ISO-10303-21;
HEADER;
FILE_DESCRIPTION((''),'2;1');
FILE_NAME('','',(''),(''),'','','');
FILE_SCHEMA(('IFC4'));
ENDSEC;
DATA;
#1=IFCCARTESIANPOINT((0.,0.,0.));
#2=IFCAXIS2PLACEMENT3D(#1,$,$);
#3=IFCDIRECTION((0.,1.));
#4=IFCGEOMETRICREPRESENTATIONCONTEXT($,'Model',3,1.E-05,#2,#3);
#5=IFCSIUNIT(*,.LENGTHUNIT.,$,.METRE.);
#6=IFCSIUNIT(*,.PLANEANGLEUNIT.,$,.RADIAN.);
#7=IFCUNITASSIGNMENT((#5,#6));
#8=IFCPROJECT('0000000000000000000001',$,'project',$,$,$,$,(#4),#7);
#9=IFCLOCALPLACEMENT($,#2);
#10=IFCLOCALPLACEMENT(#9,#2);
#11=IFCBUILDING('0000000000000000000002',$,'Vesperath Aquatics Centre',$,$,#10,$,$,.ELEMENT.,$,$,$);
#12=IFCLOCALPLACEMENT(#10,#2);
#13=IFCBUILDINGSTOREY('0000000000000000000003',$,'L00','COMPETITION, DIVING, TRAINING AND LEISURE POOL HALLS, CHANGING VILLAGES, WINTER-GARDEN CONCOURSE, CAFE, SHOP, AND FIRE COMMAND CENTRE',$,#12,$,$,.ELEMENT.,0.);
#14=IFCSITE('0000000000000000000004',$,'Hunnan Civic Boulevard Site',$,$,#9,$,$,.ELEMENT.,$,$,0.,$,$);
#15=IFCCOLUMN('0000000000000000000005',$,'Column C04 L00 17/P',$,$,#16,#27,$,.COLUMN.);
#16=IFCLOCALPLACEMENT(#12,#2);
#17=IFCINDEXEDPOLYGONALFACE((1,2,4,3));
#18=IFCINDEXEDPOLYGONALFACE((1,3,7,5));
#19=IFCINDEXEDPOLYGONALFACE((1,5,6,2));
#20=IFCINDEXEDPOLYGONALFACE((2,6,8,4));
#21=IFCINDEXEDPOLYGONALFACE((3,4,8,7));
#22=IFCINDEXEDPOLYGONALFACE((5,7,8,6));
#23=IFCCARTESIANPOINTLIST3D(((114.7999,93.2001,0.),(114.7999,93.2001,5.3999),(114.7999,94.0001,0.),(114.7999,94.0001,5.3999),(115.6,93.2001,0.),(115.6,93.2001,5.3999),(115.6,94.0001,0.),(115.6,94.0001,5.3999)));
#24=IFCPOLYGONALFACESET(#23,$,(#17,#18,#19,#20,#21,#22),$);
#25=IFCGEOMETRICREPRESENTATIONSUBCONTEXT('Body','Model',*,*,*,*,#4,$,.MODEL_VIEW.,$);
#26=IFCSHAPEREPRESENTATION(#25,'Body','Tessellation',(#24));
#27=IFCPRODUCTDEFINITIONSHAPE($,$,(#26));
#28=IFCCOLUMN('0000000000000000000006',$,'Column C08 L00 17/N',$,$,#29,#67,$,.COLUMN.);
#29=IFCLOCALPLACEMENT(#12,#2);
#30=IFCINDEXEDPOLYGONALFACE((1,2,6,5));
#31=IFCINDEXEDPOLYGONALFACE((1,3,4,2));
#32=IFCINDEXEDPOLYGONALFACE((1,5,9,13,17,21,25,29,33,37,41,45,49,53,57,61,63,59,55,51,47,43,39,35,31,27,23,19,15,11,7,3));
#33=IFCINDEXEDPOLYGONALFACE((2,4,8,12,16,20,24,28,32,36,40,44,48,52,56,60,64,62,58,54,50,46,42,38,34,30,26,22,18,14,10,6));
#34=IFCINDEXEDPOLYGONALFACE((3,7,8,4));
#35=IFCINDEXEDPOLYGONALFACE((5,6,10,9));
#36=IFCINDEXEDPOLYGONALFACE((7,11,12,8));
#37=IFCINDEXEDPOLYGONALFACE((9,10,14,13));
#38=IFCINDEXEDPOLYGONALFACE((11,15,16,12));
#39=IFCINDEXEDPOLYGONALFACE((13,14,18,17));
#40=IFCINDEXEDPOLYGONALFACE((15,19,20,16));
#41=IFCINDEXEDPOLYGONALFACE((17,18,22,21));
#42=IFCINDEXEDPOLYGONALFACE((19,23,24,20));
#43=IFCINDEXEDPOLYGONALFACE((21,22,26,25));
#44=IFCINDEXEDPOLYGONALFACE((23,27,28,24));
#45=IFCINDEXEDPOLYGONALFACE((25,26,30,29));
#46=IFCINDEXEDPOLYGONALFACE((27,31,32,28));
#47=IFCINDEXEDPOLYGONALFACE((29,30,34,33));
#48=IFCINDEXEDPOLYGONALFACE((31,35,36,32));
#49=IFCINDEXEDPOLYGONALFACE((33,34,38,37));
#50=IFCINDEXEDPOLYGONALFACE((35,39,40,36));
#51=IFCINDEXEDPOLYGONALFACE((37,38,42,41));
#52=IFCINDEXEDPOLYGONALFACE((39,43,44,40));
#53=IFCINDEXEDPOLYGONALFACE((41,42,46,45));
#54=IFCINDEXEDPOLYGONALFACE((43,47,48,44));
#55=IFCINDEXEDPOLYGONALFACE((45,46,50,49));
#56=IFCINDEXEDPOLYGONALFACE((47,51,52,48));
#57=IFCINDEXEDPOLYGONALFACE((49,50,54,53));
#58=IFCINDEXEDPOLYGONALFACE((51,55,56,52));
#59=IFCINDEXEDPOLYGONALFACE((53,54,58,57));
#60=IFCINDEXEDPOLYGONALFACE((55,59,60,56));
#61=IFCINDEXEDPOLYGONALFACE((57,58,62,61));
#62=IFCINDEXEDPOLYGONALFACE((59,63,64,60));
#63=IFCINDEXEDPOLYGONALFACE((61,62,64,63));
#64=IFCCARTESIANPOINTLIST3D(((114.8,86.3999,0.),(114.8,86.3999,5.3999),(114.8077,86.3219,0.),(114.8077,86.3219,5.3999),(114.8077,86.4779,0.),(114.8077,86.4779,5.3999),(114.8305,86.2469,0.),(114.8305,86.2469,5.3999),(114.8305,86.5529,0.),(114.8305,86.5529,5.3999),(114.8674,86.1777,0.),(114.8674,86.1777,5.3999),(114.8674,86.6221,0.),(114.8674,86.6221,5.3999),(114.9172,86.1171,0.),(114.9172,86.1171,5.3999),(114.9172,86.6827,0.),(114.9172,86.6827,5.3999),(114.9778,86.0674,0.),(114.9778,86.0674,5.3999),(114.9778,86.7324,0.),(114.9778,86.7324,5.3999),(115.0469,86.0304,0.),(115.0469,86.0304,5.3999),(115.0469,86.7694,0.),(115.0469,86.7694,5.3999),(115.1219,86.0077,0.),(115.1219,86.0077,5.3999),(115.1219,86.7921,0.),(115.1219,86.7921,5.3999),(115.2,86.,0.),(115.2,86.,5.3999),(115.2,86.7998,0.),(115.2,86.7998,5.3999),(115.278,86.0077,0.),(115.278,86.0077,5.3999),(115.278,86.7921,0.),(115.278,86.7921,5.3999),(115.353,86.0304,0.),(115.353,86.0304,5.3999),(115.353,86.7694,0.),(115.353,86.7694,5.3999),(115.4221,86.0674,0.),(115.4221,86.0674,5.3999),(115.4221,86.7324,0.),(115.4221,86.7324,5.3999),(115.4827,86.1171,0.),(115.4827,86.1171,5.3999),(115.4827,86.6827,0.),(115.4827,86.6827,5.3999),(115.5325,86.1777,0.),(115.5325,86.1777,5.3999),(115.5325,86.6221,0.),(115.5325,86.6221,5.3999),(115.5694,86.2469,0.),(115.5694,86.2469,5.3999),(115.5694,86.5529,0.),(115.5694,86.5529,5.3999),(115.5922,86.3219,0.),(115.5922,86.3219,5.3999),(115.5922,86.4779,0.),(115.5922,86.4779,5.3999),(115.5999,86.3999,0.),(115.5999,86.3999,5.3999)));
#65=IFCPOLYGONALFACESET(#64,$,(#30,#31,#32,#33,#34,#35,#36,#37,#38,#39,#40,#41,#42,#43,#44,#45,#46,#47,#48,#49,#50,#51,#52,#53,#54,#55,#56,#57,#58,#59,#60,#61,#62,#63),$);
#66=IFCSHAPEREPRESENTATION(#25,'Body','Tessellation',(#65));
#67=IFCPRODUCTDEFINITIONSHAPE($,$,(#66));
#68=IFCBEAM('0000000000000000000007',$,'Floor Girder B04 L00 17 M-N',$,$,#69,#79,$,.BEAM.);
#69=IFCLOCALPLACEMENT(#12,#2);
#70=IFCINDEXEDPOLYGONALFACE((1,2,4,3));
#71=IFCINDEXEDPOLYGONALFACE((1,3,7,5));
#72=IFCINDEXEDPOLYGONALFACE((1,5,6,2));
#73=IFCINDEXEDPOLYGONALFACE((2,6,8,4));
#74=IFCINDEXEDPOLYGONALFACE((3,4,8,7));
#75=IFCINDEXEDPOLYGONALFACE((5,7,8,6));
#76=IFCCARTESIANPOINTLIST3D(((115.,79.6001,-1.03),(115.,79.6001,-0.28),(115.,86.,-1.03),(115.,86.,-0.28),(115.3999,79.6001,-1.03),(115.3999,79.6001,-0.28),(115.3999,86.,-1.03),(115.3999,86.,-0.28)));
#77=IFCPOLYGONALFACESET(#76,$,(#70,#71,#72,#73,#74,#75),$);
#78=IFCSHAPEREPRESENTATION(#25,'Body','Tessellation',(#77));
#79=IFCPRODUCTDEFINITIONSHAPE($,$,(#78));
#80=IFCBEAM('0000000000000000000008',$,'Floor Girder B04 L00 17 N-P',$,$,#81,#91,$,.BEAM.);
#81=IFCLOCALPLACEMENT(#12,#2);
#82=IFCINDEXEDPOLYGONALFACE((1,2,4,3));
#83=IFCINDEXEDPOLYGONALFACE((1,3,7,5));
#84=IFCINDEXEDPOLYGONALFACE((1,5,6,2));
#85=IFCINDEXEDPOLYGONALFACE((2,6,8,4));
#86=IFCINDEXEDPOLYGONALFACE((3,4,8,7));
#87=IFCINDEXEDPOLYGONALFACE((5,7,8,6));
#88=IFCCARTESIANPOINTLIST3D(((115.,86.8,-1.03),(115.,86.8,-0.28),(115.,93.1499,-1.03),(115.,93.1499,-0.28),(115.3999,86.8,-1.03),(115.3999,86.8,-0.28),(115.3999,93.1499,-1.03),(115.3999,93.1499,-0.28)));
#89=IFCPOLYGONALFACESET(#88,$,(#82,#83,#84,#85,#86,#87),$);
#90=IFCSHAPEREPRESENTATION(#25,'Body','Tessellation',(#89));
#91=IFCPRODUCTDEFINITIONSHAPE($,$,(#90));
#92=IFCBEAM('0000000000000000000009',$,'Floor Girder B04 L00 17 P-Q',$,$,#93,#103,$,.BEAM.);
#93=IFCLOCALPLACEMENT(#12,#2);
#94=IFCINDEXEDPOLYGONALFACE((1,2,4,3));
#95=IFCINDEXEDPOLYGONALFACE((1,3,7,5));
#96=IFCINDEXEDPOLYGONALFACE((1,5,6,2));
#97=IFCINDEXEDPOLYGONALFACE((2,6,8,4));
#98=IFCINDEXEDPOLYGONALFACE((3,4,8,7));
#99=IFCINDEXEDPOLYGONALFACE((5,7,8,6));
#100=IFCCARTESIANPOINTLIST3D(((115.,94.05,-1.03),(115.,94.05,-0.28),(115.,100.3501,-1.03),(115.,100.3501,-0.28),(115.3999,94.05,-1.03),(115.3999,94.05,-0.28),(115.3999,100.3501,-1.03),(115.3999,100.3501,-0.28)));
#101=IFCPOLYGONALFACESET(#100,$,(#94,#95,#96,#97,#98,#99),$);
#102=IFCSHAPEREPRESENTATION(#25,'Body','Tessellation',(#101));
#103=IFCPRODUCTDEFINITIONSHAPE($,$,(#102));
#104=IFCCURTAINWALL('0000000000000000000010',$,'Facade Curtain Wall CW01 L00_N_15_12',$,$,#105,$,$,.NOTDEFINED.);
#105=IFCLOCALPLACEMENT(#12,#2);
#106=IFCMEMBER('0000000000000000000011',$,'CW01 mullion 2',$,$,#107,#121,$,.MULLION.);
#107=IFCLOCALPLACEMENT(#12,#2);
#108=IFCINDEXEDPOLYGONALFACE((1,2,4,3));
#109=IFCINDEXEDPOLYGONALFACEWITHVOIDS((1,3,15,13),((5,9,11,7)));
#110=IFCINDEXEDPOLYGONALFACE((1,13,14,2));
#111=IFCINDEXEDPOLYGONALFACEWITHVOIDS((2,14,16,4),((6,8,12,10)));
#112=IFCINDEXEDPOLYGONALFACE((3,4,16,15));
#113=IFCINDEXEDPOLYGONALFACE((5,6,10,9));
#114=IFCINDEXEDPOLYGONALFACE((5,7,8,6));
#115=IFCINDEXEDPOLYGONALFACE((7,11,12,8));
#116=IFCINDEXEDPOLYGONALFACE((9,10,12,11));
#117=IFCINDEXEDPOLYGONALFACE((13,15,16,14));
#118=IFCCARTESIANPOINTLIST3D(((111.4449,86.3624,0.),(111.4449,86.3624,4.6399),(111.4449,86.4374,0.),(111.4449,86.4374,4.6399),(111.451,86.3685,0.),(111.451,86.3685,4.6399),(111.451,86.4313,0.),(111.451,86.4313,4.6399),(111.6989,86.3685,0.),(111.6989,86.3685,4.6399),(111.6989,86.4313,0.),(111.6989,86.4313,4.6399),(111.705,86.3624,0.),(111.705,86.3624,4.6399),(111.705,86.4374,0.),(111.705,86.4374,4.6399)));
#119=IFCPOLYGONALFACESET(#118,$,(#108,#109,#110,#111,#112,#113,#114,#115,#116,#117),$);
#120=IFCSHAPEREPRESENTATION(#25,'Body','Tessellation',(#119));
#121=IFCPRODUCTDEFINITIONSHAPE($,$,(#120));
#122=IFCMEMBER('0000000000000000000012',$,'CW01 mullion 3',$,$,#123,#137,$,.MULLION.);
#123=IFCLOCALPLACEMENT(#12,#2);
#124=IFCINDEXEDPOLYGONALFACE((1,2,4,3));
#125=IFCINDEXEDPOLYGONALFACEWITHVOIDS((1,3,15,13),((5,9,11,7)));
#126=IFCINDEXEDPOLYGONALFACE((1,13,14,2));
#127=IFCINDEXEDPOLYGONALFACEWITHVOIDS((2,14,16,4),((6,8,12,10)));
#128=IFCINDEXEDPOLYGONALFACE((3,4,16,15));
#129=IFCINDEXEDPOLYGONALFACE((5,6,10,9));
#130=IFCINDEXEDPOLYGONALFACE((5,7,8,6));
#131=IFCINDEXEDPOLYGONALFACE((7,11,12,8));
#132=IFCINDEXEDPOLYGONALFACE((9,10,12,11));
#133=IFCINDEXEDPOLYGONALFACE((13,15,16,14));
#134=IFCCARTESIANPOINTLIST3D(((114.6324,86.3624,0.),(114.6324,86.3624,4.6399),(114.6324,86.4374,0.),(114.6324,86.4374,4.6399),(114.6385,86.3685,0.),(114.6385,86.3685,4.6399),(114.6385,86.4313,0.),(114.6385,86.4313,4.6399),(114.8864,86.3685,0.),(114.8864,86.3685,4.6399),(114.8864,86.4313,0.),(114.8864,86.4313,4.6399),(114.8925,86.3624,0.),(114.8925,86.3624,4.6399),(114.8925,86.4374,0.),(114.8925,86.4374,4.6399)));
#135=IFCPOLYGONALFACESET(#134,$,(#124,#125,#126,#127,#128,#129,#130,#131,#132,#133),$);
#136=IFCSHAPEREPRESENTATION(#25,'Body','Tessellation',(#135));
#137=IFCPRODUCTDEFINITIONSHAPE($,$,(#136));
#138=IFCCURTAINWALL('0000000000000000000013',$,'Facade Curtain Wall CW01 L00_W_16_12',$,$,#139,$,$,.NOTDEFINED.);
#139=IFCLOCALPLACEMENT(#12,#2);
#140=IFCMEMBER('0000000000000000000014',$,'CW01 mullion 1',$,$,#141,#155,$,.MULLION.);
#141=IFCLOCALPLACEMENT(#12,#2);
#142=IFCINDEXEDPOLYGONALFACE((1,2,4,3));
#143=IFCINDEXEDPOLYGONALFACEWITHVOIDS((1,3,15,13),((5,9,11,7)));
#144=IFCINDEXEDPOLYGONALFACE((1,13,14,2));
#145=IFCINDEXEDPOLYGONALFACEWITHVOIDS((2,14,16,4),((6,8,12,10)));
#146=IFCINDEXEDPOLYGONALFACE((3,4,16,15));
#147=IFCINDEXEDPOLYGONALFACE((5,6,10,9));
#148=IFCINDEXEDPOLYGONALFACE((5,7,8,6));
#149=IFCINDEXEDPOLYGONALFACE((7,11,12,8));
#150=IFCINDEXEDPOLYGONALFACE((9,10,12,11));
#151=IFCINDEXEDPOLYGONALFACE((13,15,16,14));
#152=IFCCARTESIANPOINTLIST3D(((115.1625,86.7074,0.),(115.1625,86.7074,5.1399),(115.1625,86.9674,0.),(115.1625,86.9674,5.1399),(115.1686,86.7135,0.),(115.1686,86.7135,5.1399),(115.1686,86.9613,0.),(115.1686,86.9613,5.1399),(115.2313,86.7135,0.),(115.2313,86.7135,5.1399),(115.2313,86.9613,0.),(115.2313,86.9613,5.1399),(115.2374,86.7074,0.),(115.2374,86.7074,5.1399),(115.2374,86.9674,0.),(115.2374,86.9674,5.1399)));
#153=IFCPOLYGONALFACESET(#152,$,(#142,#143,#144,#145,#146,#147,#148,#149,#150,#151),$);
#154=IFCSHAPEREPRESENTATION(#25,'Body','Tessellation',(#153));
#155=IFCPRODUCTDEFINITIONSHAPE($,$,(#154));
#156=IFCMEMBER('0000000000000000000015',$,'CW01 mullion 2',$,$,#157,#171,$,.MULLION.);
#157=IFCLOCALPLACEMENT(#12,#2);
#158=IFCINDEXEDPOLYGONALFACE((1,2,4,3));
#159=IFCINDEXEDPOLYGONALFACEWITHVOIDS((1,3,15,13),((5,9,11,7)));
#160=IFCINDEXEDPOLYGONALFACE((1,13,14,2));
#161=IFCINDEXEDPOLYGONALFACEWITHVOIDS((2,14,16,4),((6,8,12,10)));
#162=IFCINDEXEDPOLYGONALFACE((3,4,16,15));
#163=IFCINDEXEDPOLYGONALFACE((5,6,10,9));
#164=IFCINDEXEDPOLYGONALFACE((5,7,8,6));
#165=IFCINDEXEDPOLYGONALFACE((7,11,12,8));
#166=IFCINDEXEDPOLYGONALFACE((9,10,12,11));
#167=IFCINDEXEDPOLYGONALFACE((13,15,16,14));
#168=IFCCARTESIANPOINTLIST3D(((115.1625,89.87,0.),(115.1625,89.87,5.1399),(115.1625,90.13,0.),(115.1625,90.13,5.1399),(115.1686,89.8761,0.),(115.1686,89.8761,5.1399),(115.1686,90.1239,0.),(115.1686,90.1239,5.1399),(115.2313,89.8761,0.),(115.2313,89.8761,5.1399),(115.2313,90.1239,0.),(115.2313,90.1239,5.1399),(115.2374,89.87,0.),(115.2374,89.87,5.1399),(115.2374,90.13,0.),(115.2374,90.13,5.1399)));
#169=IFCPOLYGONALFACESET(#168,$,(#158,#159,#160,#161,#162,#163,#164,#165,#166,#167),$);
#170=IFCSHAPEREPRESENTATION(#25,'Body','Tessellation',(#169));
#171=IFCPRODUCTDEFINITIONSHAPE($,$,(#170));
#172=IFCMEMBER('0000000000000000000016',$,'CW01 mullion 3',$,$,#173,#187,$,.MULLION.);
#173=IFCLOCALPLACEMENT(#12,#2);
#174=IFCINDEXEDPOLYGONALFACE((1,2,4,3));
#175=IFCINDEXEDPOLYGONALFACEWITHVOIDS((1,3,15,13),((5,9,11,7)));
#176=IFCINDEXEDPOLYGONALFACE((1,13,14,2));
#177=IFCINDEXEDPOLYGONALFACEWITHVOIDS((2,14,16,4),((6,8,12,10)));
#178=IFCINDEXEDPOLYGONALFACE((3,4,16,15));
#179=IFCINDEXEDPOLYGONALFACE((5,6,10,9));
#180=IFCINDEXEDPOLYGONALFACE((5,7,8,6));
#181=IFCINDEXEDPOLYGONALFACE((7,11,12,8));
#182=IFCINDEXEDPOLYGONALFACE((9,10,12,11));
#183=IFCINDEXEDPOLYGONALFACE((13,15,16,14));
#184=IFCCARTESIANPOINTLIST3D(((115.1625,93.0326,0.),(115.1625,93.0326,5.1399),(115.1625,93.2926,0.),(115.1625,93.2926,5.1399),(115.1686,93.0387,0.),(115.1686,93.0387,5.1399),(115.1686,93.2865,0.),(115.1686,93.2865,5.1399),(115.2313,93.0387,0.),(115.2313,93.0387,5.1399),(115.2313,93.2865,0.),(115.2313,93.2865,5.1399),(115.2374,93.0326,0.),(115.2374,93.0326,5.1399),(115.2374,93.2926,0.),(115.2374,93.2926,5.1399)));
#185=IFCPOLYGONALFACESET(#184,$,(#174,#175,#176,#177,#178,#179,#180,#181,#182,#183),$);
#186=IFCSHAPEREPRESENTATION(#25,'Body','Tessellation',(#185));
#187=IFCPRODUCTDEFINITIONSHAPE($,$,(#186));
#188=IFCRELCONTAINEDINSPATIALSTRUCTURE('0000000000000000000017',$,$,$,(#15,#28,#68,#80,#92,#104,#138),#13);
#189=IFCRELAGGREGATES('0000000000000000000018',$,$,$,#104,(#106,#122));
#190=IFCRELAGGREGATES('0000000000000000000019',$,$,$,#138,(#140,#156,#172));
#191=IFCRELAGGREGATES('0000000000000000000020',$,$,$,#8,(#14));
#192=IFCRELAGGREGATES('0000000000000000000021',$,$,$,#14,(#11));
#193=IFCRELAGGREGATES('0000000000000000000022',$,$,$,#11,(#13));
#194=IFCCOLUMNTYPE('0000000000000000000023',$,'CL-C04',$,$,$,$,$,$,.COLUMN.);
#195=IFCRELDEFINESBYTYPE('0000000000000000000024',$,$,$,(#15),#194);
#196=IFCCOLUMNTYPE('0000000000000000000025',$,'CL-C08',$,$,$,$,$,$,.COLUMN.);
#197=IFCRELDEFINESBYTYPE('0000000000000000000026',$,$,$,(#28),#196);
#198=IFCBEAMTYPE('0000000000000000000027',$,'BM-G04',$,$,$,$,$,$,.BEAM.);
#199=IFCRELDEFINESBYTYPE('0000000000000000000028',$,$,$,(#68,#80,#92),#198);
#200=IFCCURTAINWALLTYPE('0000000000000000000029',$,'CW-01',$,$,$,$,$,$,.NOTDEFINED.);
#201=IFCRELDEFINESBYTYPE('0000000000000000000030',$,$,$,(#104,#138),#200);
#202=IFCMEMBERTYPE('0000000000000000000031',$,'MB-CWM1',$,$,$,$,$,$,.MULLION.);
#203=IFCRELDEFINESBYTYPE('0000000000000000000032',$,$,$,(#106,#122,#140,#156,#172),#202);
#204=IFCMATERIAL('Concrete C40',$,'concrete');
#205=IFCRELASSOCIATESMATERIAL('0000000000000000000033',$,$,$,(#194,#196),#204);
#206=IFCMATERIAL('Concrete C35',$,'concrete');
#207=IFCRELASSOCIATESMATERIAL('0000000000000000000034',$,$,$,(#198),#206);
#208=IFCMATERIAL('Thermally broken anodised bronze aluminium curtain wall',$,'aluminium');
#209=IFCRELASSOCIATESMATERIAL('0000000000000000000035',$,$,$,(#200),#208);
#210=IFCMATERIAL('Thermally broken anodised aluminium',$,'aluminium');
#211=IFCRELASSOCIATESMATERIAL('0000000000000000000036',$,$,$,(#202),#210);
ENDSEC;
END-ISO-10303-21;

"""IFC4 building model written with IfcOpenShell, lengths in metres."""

from ifc_helpers import new_model, si_unit, direction, frame, origin, origin_2d, place, context, subcontext, project, spatial, rectangle, hollow_rectangle, circle, extrude, material, material_profile, profile_set, type_object, element, aggregate, save


model = new_model("IFC4")

# Units and contexts
model_context = context("Model", 3, precision=1e-05, world=origin(), true_north=direction((0.0, 1.0)))
body_context = subcontext(model_context, "Body", "Model", "MODEL_VIEW")
ifc_project = project(units=[si_unit("LENGTHUNIT", "METRE"), si_unit("PLANEANGLEUNIT", "RADIAN")], contexts=[model_context])

# Site, building, storey
site_placement = place(None, origin())
site = spatial("IfcSite", under=ifc_project, at=site_placement, Name="Hunnan Civic Boulevard Site", CompositionType="ELEMENT", RefElevation=0.0)
building_placement = place(site_placement, origin())
building = spatial("IfcBuilding", under=site, at=building_placement, Name="Vesperath Aquatics Centre", CompositionType="ELEMENT")
storey_placement = place(building_placement, origin())
storey = spatial("IfcBuildingStorey", under=building, at=storey_placement, Name="L00", Description="COMPETITION, DIVING, TRAINING AND LEISURE POOL HALLS, CHANGING VILLAGES, WINTER-GARDEN CONCOURSE, CAFE, SHOP, AND FIRE COMMAND CENTRE", CompositionType="ELEMENT", Elevation=0.0)

# Columns
ifc_material_1 = material(Name="Concrete C40", Category="concrete")
ifc_material_profile_1 = material_profile(ifc_material_1, rectangle(XDim=0.8, YDim=0.8, at=origin_2d()), Name="RC 800x800")
ifc_profile_set_1 = profile_set([ifc_material_profile_1], Name="Concrete C40")
column_type_1 = type_object("IfcColumnType", Name="CL-C04", PredefinedType="COLUMN", material=ifc_profile_set_1)
column_1_placement = place(storey_placement, frame((115.2, 93.6001, 0.0), z_axis=(0.0, 0.0, 1.0), x_axis=(1.0, 0.0, 0.0)))
element("IfcColumn", 1, at=column_1_placement, inside=storey, type_object=column_type_1, Name="Column C04 L00 17/P", PredefinedType="COLUMN", context=body_context, shape_type="SweptSolid", body=[
    extrude(rectangle(XDim=0.8, YDim=0.8, at=origin_2d()), origin(), (0.0, 0.0, 1.0), 5.3999),
])
ifc_material_profile_2 = material_profile(ifc_material_1, circle(Radius=0.3999, at=origin_2d()), Name="RC D800")
ifc_profile_set_2 = profile_set([ifc_material_profile_2], Name="Concrete C40")
column_type_2 = type_object("IfcColumnType", Name="CL-C08", PredefinedType="COLUMN", material=ifc_profile_set_2)
column_2_placement = place(storey_placement, frame((115.2, 86.3999, 0.0), z_axis=(0.0, 0.0, 1.0), x_axis=(1.0, 0.0, 0.0)))
element("IfcColumn", 2, at=column_2_placement, inside=storey, type_object=column_type_2, Name="Column C08 L00 17/N", PredefinedType="COLUMN", context=body_context, shape_type="SweptSolid", body=[
    extrude(circle(Radius=0.3999, at=origin_2d()), origin(), (0.0, 0.0, 1.0), 5.3999),
])

# Beams
ifc_material_2 = material(Name="Concrete C35", Category="concrete")
ifc_material_profile_3 = material_profile(ifc_material_2, rectangle(XDim=0.3999, YDim=0.75, at=origin_2d()), Name="RC 400x750")
ifc_profile_set_3 = profile_set([ifc_material_profile_3], Name="Concrete C35")
beam_type = type_object("IfcBeamType", Name="BM-G04", PredefinedType="BEAM", material=ifc_profile_set_3)
beam_1_placement = place(storey_placement, frame((115.2, 79.6001, -0.655), z_axis=(0.0, 1.0, 0.0), x_axis=(-1.0, 0.0, 0.0)))
element("IfcBeam", 3, at=beam_1_placement, inside=storey, type_object=beam_type, Name="Floor Girder B04 L00 17 M-N", PredefinedType="BEAM", context=body_context, shape_type="SweptSolid", body=[
    extrude(rectangle(XDim=0.3999, YDim=0.75, at=origin_2d()), origin(), (0.0, 0.0, 1.0), 6.3999),
])
beam_2_placement = place(storey_placement, frame((115.2, 86.8, -0.655), z_axis=(0.0, 1.0, 0.0), x_axis=(-1.0, 0.0, 0.0)))
element("IfcBeam", 4, at=beam_2_placement, inside=storey, type_object=beam_type, Name="Floor Girder B04 L00 17 N-P", PredefinedType="BEAM", context=body_context, shape_type="SweptSolid", body=[
    extrude(rectangle(XDim=0.3999, YDim=0.75, at=origin_2d()), origin(), (0.0, 0.0, 1.0), 6.3499),
])
beam_3_placement = place(storey_placement, frame((115.2, 94.05, -0.655), z_axis=(0.0, 1.0, 0.0), x_axis=(-1.0, 0.0, 0.0)))
element("IfcBeam", 5, at=beam_3_placement, inside=storey, type_object=beam_type, Name="Floor Girder B04 L00 17 P-Q", PredefinedType="BEAM", context=body_context, shape_type="SweptSolid", body=[
    extrude(rectangle(XDim=0.3999, YDim=0.75, at=origin_2d()), origin(), (0.0, 0.0, 1.0), 6.3),
])

# Curtain walls, members
ifc_material_3 = material(Name="Thermally broken anodised bronze aluminium curtain wall", Category="aluminium")
curtain_wall_type = type_object("IfcCurtainWallType", Name="CW-01", PredefinedType="NOTDEFINED", material=ifc_material_3)
curtain_wall_1_placement = place(storey_placement, origin())
curtain_wall_1 = element("IfcCurtainWall", 6, at=curtain_wall_1_placement, inside=storey, type_object=curtain_wall_type, Name="Facade Curtain Wall CW01 L00_N_15_12", PredefinedType="NOTDEFINED")
ifc_material_4 = material(Name="Thermally broken anodised aluminium", Category="aluminium")
ifc_material_profile_4 = material_profile(ifc_material_4, hollow_rectangle(XDim=0.075, YDim=0.26, WallThickness=0.0061, at=origin_2d()), Name="CWM 75x260x6")
ifc_profile_set_4 = profile_set([ifc_material_profile_4], Name="Thermally broken anodised aluminium")
member_type_1 = type_object("IfcMemberType", Name="MB-CWM1", PredefinedType="MULLION", material=ifc_profile_set_4)
member_1_placement = place(storey_placement, frame((111.575, 86.3999, 0.0), z_axis=(0.0, 0.0, 1.0), x_axis=(0.0, 1.0, 0.0)))
member_1 = element("IfcMember", 7, at=member_1_placement, type_object=member_type_1, Name="CW01 mullion 2", PredefinedType="MULLION", context=body_context, shape_type="SweptSolid", body=[
    extrude(hollow_rectangle(XDim=0.075, YDim=0.26, WallThickness=0.0061, at=origin_2d()), origin(), (0.0, 0.0, 1.0), 4.6399),
])
member_2_placement = place(storey_placement, frame((114.7625, 86.3999, 0.0), z_axis=(0.0, 0.0, 1.0), x_axis=(0.0, 1.0, 0.0)))
member_2 = element("IfcMember", 8, at=member_2_placement, type_object=member_type_1, Name="CW01 mullion 3", PredefinedType="MULLION", context=body_context, shape_type="SweptSolid", body=[
    extrude(hollow_rectangle(XDim=0.075, YDim=0.26, WallThickness=0.0061, at=origin_2d()), origin(), (0.0, 0.0, 1.0), 4.6399),
])
curtain_wall_2_placement = place(storey_placement, origin())
curtain_wall_2 = element("IfcCurtainWall", 9, at=curtain_wall_2_placement, inside=storey, type_object=curtain_wall_type, Name="Facade Curtain Wall CW01 L00_W_16_12", PredefinedType="NOTDEFINED")
member_3_placement = place(storey_placement, frame((115.2, 86.8374, 0.0), z_axis=(0.0, 0.0, 1.0), x_axis=(-1.0, 0.0, 0.0)))
member_3 = element("IfcMember", 10, at=member_3_placement, type_object=member_type_1, Name="CW01 mullion 1", PredefinedType="MULLION", context=body_context, shape_type="SweptSolid", body=[
    extrude(hollow_rectangle(XDim=0.075, YDim=0.26, WallThickness=0.0061, at=origin_2d()), origin(), (0.0, 0.0, 1.0), 5.1399),
])
member_4_placement = place(storey_placement, frame((115.2, 90.0, 0.0), z_axis=(0.0, 0.0, 1.0), x_axis=(-1.0, 0.0, 0.0)))
member_4 = element("IfcMember", 11, at=member_4_placement, type_object=member_type_1, Name="CW01 mullion 2", PredefinedType="MULLION", context=body_context, shape_type="SweptSolid", body=[
    extrude(hollow_rectangle(XDim=0.075, YDim=0.26, WallThickness=0.0061, at=origin_2d()), origin(), (0.0, 0.0, 1.0), 5.1399),
])
member_5_placement = place(storey_placement, frame((115.2, 93.1626, 0.0), z_axis=(0.0, 0.0, 1.0), x_axis=(-1.0, 0.0, 0.0)))
member_5 = element("IfcMember", 12, at=member_5_placement, type_object=member_type_1, Name="CW01 mullion 3", PredefinedType="MULLION", context=body_context, shape_type="SweptSolid", body=[
    extrude(hollow_rectangle(XDim=0.075, YDim=0.26, WallThickness=0.0061, at=origin_2d()), origin(), (0.0, 0.0, 1.0), 5.1399),
])

aggregate(curtain_wall_1, [member_1, member_2])
aggregate(curtain_wall_2, [member_3, member_4, member_5])

save(model, "model.ifc")
